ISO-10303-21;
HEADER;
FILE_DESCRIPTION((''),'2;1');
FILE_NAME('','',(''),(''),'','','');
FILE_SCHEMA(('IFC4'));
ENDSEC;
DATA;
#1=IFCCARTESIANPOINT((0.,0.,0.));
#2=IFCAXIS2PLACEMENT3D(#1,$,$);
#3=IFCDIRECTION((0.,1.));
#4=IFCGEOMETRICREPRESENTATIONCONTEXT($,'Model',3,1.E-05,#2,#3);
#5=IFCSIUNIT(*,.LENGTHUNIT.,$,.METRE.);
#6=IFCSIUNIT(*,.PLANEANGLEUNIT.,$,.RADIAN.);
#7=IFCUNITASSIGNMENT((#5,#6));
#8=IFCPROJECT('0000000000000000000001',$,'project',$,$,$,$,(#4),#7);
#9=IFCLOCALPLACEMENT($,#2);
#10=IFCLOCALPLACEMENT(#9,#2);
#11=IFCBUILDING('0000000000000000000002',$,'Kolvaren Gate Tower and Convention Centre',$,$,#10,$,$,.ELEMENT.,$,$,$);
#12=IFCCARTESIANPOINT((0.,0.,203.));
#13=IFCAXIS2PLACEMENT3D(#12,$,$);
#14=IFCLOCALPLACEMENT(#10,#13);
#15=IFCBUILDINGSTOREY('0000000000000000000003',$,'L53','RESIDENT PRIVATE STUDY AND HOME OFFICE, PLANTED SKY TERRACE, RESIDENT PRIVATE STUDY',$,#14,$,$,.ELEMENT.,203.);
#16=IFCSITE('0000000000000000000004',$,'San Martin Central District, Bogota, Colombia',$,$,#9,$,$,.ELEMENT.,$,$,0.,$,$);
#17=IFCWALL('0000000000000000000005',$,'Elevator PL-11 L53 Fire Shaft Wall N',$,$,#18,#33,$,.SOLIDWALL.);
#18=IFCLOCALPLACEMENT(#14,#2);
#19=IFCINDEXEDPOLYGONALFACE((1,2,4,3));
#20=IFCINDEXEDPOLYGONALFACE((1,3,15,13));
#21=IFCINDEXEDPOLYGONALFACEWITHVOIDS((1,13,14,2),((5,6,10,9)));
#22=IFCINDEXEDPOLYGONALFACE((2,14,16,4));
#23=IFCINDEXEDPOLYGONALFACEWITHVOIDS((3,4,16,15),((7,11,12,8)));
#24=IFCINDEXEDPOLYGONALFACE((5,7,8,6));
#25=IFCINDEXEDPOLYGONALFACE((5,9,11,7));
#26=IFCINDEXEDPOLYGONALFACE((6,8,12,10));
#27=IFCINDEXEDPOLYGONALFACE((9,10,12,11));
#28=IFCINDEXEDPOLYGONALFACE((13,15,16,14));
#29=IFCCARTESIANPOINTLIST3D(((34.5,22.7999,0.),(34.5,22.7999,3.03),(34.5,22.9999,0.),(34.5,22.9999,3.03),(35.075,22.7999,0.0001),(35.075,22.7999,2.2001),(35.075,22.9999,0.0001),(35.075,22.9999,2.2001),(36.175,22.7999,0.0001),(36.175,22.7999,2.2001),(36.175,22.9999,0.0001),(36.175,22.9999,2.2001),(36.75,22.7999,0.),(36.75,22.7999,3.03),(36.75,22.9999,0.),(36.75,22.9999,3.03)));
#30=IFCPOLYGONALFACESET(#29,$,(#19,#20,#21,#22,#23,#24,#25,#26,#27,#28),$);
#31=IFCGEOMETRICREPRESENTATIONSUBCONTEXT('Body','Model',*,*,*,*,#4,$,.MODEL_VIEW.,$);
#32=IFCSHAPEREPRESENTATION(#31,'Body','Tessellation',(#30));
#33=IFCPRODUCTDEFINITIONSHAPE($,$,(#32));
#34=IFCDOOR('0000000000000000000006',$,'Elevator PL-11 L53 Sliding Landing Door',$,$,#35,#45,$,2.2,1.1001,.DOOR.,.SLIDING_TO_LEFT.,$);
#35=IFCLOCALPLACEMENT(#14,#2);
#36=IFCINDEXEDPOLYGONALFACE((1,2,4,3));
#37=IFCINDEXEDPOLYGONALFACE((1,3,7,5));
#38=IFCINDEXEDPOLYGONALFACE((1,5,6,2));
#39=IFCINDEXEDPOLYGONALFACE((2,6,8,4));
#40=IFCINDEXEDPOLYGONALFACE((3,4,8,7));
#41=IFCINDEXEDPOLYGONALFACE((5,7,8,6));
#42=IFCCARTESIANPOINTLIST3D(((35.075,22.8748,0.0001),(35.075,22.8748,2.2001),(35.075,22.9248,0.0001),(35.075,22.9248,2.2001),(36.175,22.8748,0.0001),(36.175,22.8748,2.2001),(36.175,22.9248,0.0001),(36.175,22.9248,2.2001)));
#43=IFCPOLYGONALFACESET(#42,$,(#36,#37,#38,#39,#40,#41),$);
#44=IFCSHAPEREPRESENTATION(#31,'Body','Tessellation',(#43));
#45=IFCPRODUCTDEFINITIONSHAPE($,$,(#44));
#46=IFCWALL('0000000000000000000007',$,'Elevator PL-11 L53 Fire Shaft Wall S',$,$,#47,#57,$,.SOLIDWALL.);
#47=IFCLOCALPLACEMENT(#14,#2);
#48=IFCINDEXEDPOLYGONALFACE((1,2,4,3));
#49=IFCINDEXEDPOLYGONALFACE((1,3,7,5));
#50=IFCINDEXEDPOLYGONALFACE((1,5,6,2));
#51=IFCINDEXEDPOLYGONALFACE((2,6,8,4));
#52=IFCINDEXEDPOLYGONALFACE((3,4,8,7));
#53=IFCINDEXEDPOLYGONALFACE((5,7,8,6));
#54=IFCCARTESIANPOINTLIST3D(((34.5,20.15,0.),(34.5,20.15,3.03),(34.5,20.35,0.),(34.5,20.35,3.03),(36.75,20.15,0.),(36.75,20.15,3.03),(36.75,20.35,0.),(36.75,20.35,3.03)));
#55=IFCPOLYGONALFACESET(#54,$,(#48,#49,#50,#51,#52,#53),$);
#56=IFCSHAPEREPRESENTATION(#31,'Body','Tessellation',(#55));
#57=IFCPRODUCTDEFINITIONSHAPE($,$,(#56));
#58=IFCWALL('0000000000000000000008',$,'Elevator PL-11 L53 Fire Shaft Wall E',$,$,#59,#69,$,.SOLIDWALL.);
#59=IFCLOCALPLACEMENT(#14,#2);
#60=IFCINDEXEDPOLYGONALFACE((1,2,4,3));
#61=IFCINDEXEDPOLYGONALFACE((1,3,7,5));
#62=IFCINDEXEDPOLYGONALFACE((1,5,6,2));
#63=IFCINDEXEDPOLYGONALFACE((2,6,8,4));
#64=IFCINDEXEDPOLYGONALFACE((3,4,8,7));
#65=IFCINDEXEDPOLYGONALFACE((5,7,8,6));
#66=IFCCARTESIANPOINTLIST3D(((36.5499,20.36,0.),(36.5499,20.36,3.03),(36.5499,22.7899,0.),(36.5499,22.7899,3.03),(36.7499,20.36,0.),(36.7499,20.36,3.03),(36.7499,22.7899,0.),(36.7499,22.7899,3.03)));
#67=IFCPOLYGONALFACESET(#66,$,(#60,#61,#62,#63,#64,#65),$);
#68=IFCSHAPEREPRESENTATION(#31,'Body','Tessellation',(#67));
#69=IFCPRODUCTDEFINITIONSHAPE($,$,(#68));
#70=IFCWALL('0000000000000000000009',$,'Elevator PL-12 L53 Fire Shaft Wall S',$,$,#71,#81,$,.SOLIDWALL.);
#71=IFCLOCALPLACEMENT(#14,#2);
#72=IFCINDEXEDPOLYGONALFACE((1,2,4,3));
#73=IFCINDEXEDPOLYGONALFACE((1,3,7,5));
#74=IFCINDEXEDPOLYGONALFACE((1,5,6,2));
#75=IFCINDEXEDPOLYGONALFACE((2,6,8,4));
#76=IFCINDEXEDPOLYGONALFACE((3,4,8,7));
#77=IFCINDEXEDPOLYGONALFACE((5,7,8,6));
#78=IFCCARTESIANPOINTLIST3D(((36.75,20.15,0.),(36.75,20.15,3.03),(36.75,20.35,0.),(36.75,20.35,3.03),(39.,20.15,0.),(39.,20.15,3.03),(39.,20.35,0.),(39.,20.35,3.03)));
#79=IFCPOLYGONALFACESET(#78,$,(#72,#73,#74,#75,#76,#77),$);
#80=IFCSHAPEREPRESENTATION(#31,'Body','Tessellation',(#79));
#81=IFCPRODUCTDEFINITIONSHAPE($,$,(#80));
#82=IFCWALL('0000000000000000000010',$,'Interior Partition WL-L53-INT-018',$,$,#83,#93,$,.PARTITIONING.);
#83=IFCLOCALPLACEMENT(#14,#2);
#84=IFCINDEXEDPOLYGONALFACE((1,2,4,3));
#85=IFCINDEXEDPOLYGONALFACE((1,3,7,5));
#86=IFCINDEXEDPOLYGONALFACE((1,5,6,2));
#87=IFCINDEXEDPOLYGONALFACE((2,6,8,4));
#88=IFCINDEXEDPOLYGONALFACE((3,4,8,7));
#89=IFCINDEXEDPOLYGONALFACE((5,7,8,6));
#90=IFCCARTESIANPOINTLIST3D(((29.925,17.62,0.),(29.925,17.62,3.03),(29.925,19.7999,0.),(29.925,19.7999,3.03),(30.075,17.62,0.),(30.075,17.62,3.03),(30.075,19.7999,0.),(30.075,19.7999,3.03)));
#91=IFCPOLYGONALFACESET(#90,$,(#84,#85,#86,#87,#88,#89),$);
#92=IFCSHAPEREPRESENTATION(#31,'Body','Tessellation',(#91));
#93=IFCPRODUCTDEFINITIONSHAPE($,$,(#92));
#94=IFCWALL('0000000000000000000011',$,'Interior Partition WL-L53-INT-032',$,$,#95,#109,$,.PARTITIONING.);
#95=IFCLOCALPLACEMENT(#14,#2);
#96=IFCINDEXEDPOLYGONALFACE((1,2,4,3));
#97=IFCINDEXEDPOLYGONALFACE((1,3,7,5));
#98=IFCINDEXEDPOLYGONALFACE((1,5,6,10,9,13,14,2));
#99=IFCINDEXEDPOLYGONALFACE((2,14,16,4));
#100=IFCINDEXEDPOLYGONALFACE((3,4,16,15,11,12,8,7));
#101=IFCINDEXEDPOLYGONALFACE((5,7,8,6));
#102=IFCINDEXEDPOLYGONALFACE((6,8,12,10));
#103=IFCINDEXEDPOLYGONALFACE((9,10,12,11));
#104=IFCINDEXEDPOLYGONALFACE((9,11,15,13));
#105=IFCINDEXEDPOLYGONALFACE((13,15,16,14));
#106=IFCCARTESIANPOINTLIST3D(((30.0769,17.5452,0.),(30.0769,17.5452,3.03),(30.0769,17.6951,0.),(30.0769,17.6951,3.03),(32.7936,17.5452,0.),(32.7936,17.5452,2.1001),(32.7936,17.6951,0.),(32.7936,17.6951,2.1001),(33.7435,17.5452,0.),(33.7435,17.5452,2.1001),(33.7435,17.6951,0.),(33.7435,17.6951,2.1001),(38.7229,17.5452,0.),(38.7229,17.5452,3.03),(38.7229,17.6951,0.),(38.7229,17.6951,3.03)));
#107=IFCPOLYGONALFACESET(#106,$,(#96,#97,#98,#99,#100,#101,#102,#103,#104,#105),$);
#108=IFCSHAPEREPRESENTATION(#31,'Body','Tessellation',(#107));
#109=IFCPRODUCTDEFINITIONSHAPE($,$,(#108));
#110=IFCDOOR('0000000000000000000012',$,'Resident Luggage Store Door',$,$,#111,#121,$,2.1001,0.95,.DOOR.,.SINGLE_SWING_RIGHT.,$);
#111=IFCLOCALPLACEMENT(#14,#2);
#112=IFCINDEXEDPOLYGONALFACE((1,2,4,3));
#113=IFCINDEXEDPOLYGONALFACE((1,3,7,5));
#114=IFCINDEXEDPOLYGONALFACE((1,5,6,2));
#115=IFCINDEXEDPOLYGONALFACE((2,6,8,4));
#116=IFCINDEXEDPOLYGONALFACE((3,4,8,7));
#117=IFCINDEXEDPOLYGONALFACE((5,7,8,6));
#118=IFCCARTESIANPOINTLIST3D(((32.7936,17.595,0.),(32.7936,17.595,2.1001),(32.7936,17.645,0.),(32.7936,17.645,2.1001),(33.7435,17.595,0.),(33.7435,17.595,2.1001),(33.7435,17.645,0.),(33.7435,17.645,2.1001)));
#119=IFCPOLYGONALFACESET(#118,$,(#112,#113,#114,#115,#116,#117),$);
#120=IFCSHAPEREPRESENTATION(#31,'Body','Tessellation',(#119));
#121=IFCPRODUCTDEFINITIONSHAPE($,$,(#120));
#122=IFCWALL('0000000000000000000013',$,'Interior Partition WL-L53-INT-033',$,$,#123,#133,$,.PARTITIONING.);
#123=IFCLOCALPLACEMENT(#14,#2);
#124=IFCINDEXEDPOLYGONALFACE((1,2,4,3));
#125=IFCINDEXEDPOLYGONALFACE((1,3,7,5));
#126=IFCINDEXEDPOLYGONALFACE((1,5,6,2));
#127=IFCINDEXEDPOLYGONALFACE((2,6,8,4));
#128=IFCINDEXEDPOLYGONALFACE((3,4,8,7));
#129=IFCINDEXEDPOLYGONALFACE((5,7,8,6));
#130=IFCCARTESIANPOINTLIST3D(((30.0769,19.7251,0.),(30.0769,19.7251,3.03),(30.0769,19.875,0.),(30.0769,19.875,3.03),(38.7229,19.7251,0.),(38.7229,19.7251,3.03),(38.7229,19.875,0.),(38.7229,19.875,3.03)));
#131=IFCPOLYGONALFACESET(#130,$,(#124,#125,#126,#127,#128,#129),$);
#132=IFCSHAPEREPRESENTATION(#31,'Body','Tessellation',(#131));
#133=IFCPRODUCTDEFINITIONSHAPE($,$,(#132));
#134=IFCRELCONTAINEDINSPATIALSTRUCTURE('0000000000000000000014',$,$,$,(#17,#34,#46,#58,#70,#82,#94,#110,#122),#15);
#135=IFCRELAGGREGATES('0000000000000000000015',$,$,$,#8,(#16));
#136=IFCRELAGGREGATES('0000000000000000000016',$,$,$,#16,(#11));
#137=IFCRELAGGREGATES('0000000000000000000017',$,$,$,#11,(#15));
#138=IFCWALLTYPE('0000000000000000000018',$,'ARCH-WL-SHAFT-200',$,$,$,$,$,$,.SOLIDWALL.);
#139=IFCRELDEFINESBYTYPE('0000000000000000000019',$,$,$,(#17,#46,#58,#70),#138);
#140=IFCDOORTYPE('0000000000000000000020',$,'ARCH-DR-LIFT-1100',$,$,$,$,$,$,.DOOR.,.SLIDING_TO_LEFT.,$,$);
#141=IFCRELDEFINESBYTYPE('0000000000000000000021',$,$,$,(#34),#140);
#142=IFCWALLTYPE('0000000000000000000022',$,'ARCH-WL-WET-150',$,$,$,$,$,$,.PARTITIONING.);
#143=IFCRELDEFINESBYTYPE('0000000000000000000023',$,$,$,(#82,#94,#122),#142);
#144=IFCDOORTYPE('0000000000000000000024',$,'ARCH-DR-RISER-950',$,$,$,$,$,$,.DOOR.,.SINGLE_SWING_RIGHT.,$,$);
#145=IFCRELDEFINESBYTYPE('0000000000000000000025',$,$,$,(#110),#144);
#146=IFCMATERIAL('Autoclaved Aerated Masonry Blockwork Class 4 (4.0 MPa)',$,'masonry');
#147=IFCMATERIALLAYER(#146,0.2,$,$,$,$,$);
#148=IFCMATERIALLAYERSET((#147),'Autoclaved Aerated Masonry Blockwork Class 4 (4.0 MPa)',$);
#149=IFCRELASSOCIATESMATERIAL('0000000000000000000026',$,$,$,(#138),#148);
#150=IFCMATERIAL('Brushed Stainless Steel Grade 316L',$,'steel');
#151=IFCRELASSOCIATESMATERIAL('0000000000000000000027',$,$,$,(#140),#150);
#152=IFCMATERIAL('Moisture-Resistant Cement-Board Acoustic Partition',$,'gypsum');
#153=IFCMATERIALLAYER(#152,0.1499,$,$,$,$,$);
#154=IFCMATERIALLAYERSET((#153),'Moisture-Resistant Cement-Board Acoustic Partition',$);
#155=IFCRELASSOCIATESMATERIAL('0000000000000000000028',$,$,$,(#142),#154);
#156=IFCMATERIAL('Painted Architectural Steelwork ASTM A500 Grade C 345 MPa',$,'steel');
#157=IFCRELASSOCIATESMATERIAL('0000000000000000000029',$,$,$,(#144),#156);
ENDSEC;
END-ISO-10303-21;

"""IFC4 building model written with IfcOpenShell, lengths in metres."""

from ifc_helpers import new_model, si_unit, direction, frame, frame_2d, origin, place, context, subcontext, project, spatial, rectangle, extrude, material, layer, layer_set, type_object, element, fill, save


model = new_model("IFC4")

# Units and contexts
model_context = context("Model", 3, precision=1e-05, world=origin(), true_north=direction((0.0, 1.0)))
body_context = subcontext(model_context, "Body", "Model", "MODEL_VIEW")
ifc_project = project(units=[si_unit("LENGTHUNIT", "METRE"), si_unit("PLANEANGLEUNIT", "RADIAN")], contexts=[model_context])

# Site, building, storey
site_placement = place(None, origin())
site = spatial("IfcSite", under=ifc_project, at=site_placement, Name="San Martin Central District, Bogota, Colombia", CompositionType="ELEMENT", RefElevation=0.0)
building_placement = place(site_placement, origin())
building = spatial("IfcBuilding", under=site, at=building_placement, Name="Kolvaren Gate Tower and Convention Centre", CompositionType="ELEMENT")
storey_placement = place(building_placement, frame((0.0, 0.0, 203.0)))
storey = spatial("IfcBuildingStorey", under=building, at=storey_placement, Name="L53", Description="RESIDENT PRIVATE STUDY AND HOME OFFICE, PLANTED SKY TERRACE, RESIDENT PRIVATE STUDY", CompositionType="ELEMENT", Elevation=203.0)

# Shared definitions
ifc_material_1 = material(Name="Autoclaved Aerated Masonry Blockwork Class 4 (4.0 MPa)", Category="masonry")
ifc_layer_1 = layer(ifc_material_1, 0.2)
ifc_layer_set_1 = layer_set([ifc_layer_1], Name="Autoclaved Aerated Masonry Blockwork Class 4 (4.0 MPa)")
wall_type_1 = type_object("IfcWallType", Name="ARCH-WL-SHAFT-200", PredefinedType="SOLIDWALL", material=ifc_layer_set_1)

# Shared definitions
ifc_material_2 = material(Name="Brushed Stainless Steel Grade 316L", Category="steel")
door_type_1 = type_object("IfcDoorType", Name="ARCH-DR-LIFT-1100", OperationType="SLIDING_TO_LEFT", PredefinedType="DOOR", material=ifc_material_2)

# Wall, opening, door
wall_1_placement = place(storey_placement, frame((34.5, 22.8999, 0.0), z_axis=(0.0, 0.0, 1.0), x_axis=(1.0, 0.0, 0.0)))
wall_1 = element("IfcWall", 1, at=wall_1_placement, inside=storey, type_object=wall_type_1, Name="Elevator PL-11 L53 Fire Shaft Wall N", PredefinedType="SOLIDWALL", context=body_context, shape_type="SweptSolid", body=[
    extrude(rectangle(XDim=2.25, YDim=0.2, at=frame_2d((1.125, 0.0))), origin(), (0.0, 0.0, 1.0), 3.03),
])
opening_1_placement = place(wall_1_placement, frame((0.575, 0.0, 0.0)))
opening_1 = element("IfcOpeningElement", 2, at=opening_1_placement, cuts=wall_1, PredefinedType="OPENING", context=body_context, shape_type="SweptSolid", body=[
    extrude(rectangle(XDim=1.1001, YDim=2.2, at=frame_2d((0.55, 1.1001))), frame((0.0, 0.1099, 0.0), z_axis=(0.0, -1.0, 0.0), x_axis=(1.0, 0.0, 0.0)), (0.0, 0.0, 1.0), 0.22),
])
door_1_placement = place(opening_1_placement, origin())
door_1 = element("IfcDoor", 3, at=door_1_placement, inside=storey, type_object=door_type_1, Name="Elevator PL-11 L53 Sliding Landing Door", OperationType="SLIDING_TO_LEFT", OverallHeight=2.2, OverallWidth=1.1001, PredefinedType="DOOR", context=body_context, shape_type="SweptSolid", body=[
    extrude(rectangle(XDim=1.1001, YDim=2.2, at=frame_2d((0.55, 1.1001))), frame((0.0, 0.0249, 0.0), z_axis=(0.0, -1.0, 0.0), x_axis=(1.0, 0.0, 0.0)), (0.0, 0.0, 1.0), 0.05),
])
fill(opening_1, door_1)

# Walls
wall_2_placement = place(storey_placement, frame((34.5, 20.25, 0.0), z_axis=(0.0, 0.0, 1.0), x_axis=(1.0, 0.0, 0.0)))
element("IfcWall", 4, at=wall_2_placement, inside=storey, type_object=wall_type_1, Name="Elevator PL-11 L53 Fire Shaft Wall S", PredefinedType="SOLIDWALL", context=body_context, shape_type="SweptSolid", body=[
    extrude(rectangle(XDim=2.25, YDim=0.2, at=frame_2d((1.125, 0.0))), origin(), (0.0, 0.0, 1.0), 3.03),
])
wall_3_placement = place(storey_placement, frame((36.6499, 20.3601, 0.0), z_axis=(0.0, 0.0, 1.0), x_axis=(0.0, 1.0, 0.0)))
element("IfcWall", 5, at=wall_3_placement, inside=storey, type_object=wall_type_1, Name="Elevator PL-11 L53 Fire Shaft Wall E", PredefinedType="SOLIDWALL", context=body_context, shape_type="SweptSolid", body=[
    extrude(rectangle(XDim=2.4299, YDim=0.2, at=frame_2d((1.2148, 0.0))), origin(), (0.0, 0.0, 1.0), 3.03),
])
wall_4_placement = place(storey_placement, frame((36.75, 20.25, 0.0), z_axis=(0.0, 0.0, 1.0), x_axis=(1.0, 0.0, 0.0)))
element("IfcWall", 6, at=wall_4_placement, inside=storey, type_object=wall_type_1, Name="Elevator PL-12 L53 Fire Shaft Wall S", PredefinedType="SOLIDWALL", context=body_context, shape_type="SweptSolid", body=[
    extrude(rectangle(XDim=2.25, YDim=0.2, at=frame_2d((1.125, 0.0))), origin(), (0.0, 0.0, 1.0), 3.03),
])
ifc_material_3 = material(Name="Moisture-Resistant Cement-Board Acoustic Partition", Category="gypsum")
ifc_layer_2 = layer(ifc_material_3, 0.1499)
ifc_layer_set_2 = layer_set([ifc_layer_2], Name="Moisture-Resistant Cement-Board Acoustic Partition")
wall_type_2 = type_object("IfcWallType", Name="ARCH-WL-WET-150", PredefinedType="PARTITIONING", material=ifc_layer_set_2)
wall_5_placement = place(storey_placement, frame((30.0, 17.6201, 0.0), z_axis=(0.0, 0.0, 1.0), x_axis=(0.0, 1.0, 0.0)))
element("IfcWall", 7, at=wall_5_placement, inside=storey, type_object=wall_type_2, Name="Interior Partition WL-L53-INT-018", PredefinedType="PARTITIONING", context=body_context, shape_type="SweptSolid", body=[
    extrude(rectangle(XDim=2.1799, YDim=0.1499, at=frame_2d((1.0898, 0.0))), origin(), (0.0, 0.0, 1.0), 3.03),
])

# Wall, opening, door
wall_6_placement = place(storey_placement, frame((30.0769, 17.6201, 0.0), z_axis=(0.0, 0.0, 1.0), x_axis=(1.0, 0.0, 0.0)))
wall_6 = element("IfcWall", 8, at=wall_6_placement, inside=storey, type_object=wall_type_2, Name="Interior Partition WL-L53-INT-032", PredefinedType="PARTITIONING", context=body_context, shape_type="SweptSolid", body=[
    extrude(rectangle(XDim=8.646, YDim=0.1499, at=frame_2d((4.323, 0.0))), origin(), (0.0, 0.0, 1.0), 3.03),
])
opening_2_placement = place(wall_6_placement, frame((2.7166, 0.0, 0.0)))
opening_2 = element("IfcOpeningElement", 9, at=opening_2_placement, cuts=wall_6, PredefinedType="OPENING", context=body_context, shape_type="SweptSolid", body=[
    extrude(rectangle(XDim=0.95, YDim=2.1001, at=frame_2d((0.4751, 1.05))), frame((0.0, 0.085, 0.0), z_axis=(0.0, -1.0, 0.0), x_axis=(1.0, 0.0, 0.0)), (0.0, 0.0, 1.0), 0.1699),
])
ifc_material_4 = material(Name="Painted Architectural Steelwork ASTM A500 Grade C 345 MPa", Category="steel")
door_type_2 = type_object("IfcDoorType", Name="ARCH-DR-RISER-950", OperationType="SINGLE_SWING_RIGHT", PredefinedType="DOOR", material=ifc_material_4)
door_2_placement = place(opening_2_placement, origin())
door_2 = element("IfcDoor", 10, at=door_2_placement, inside=storey, type_object=door_type_2, Name="Resident Luggage Store Door", OperationType="SINGLE_SWING_RIGHT", OverallHeight=2.1001, OverallWidth=0.95, PredefinedType="DOOR", context=body_context, shape_type="SweptSolid", body=[
    extrude(rectangle(XDim=0.95, YDim=2.1001, at=frame_2d((0.4751, 1.05))), frame((0.0, 0.0249, 0.0), z_axis=(0.0, -1.0, 0.0), x_axis=(1.0, 0.0, 0.0)), (0.0, 0.0, 1.0), 0.05),
])
fill(opening_2, door_2)

# Wall
wall_7_placement = place(storey_placement, frame((30.0769, 19.8, 0.0), z_axis=(0.0, 0.0, 1.0), x_axis=(1.0, 0.0, 0.0)))
element("IfcWall", 11, at=wall_7_placement, inside=storey, type_object=wall_type_2, Name="Interior Partition WL-L53-INT-033", PredefinedType="PARTITIONING", context=body_context, shape_type="SweptSolid", body=[
    extrude(rectangle(XDim=8.646, YDim=0.1499, at=frame_2d((4.323, 0.0))), origin(), (0.0, 0.0, 1.0), 3.03),
])

save(model, "model.ifc")
